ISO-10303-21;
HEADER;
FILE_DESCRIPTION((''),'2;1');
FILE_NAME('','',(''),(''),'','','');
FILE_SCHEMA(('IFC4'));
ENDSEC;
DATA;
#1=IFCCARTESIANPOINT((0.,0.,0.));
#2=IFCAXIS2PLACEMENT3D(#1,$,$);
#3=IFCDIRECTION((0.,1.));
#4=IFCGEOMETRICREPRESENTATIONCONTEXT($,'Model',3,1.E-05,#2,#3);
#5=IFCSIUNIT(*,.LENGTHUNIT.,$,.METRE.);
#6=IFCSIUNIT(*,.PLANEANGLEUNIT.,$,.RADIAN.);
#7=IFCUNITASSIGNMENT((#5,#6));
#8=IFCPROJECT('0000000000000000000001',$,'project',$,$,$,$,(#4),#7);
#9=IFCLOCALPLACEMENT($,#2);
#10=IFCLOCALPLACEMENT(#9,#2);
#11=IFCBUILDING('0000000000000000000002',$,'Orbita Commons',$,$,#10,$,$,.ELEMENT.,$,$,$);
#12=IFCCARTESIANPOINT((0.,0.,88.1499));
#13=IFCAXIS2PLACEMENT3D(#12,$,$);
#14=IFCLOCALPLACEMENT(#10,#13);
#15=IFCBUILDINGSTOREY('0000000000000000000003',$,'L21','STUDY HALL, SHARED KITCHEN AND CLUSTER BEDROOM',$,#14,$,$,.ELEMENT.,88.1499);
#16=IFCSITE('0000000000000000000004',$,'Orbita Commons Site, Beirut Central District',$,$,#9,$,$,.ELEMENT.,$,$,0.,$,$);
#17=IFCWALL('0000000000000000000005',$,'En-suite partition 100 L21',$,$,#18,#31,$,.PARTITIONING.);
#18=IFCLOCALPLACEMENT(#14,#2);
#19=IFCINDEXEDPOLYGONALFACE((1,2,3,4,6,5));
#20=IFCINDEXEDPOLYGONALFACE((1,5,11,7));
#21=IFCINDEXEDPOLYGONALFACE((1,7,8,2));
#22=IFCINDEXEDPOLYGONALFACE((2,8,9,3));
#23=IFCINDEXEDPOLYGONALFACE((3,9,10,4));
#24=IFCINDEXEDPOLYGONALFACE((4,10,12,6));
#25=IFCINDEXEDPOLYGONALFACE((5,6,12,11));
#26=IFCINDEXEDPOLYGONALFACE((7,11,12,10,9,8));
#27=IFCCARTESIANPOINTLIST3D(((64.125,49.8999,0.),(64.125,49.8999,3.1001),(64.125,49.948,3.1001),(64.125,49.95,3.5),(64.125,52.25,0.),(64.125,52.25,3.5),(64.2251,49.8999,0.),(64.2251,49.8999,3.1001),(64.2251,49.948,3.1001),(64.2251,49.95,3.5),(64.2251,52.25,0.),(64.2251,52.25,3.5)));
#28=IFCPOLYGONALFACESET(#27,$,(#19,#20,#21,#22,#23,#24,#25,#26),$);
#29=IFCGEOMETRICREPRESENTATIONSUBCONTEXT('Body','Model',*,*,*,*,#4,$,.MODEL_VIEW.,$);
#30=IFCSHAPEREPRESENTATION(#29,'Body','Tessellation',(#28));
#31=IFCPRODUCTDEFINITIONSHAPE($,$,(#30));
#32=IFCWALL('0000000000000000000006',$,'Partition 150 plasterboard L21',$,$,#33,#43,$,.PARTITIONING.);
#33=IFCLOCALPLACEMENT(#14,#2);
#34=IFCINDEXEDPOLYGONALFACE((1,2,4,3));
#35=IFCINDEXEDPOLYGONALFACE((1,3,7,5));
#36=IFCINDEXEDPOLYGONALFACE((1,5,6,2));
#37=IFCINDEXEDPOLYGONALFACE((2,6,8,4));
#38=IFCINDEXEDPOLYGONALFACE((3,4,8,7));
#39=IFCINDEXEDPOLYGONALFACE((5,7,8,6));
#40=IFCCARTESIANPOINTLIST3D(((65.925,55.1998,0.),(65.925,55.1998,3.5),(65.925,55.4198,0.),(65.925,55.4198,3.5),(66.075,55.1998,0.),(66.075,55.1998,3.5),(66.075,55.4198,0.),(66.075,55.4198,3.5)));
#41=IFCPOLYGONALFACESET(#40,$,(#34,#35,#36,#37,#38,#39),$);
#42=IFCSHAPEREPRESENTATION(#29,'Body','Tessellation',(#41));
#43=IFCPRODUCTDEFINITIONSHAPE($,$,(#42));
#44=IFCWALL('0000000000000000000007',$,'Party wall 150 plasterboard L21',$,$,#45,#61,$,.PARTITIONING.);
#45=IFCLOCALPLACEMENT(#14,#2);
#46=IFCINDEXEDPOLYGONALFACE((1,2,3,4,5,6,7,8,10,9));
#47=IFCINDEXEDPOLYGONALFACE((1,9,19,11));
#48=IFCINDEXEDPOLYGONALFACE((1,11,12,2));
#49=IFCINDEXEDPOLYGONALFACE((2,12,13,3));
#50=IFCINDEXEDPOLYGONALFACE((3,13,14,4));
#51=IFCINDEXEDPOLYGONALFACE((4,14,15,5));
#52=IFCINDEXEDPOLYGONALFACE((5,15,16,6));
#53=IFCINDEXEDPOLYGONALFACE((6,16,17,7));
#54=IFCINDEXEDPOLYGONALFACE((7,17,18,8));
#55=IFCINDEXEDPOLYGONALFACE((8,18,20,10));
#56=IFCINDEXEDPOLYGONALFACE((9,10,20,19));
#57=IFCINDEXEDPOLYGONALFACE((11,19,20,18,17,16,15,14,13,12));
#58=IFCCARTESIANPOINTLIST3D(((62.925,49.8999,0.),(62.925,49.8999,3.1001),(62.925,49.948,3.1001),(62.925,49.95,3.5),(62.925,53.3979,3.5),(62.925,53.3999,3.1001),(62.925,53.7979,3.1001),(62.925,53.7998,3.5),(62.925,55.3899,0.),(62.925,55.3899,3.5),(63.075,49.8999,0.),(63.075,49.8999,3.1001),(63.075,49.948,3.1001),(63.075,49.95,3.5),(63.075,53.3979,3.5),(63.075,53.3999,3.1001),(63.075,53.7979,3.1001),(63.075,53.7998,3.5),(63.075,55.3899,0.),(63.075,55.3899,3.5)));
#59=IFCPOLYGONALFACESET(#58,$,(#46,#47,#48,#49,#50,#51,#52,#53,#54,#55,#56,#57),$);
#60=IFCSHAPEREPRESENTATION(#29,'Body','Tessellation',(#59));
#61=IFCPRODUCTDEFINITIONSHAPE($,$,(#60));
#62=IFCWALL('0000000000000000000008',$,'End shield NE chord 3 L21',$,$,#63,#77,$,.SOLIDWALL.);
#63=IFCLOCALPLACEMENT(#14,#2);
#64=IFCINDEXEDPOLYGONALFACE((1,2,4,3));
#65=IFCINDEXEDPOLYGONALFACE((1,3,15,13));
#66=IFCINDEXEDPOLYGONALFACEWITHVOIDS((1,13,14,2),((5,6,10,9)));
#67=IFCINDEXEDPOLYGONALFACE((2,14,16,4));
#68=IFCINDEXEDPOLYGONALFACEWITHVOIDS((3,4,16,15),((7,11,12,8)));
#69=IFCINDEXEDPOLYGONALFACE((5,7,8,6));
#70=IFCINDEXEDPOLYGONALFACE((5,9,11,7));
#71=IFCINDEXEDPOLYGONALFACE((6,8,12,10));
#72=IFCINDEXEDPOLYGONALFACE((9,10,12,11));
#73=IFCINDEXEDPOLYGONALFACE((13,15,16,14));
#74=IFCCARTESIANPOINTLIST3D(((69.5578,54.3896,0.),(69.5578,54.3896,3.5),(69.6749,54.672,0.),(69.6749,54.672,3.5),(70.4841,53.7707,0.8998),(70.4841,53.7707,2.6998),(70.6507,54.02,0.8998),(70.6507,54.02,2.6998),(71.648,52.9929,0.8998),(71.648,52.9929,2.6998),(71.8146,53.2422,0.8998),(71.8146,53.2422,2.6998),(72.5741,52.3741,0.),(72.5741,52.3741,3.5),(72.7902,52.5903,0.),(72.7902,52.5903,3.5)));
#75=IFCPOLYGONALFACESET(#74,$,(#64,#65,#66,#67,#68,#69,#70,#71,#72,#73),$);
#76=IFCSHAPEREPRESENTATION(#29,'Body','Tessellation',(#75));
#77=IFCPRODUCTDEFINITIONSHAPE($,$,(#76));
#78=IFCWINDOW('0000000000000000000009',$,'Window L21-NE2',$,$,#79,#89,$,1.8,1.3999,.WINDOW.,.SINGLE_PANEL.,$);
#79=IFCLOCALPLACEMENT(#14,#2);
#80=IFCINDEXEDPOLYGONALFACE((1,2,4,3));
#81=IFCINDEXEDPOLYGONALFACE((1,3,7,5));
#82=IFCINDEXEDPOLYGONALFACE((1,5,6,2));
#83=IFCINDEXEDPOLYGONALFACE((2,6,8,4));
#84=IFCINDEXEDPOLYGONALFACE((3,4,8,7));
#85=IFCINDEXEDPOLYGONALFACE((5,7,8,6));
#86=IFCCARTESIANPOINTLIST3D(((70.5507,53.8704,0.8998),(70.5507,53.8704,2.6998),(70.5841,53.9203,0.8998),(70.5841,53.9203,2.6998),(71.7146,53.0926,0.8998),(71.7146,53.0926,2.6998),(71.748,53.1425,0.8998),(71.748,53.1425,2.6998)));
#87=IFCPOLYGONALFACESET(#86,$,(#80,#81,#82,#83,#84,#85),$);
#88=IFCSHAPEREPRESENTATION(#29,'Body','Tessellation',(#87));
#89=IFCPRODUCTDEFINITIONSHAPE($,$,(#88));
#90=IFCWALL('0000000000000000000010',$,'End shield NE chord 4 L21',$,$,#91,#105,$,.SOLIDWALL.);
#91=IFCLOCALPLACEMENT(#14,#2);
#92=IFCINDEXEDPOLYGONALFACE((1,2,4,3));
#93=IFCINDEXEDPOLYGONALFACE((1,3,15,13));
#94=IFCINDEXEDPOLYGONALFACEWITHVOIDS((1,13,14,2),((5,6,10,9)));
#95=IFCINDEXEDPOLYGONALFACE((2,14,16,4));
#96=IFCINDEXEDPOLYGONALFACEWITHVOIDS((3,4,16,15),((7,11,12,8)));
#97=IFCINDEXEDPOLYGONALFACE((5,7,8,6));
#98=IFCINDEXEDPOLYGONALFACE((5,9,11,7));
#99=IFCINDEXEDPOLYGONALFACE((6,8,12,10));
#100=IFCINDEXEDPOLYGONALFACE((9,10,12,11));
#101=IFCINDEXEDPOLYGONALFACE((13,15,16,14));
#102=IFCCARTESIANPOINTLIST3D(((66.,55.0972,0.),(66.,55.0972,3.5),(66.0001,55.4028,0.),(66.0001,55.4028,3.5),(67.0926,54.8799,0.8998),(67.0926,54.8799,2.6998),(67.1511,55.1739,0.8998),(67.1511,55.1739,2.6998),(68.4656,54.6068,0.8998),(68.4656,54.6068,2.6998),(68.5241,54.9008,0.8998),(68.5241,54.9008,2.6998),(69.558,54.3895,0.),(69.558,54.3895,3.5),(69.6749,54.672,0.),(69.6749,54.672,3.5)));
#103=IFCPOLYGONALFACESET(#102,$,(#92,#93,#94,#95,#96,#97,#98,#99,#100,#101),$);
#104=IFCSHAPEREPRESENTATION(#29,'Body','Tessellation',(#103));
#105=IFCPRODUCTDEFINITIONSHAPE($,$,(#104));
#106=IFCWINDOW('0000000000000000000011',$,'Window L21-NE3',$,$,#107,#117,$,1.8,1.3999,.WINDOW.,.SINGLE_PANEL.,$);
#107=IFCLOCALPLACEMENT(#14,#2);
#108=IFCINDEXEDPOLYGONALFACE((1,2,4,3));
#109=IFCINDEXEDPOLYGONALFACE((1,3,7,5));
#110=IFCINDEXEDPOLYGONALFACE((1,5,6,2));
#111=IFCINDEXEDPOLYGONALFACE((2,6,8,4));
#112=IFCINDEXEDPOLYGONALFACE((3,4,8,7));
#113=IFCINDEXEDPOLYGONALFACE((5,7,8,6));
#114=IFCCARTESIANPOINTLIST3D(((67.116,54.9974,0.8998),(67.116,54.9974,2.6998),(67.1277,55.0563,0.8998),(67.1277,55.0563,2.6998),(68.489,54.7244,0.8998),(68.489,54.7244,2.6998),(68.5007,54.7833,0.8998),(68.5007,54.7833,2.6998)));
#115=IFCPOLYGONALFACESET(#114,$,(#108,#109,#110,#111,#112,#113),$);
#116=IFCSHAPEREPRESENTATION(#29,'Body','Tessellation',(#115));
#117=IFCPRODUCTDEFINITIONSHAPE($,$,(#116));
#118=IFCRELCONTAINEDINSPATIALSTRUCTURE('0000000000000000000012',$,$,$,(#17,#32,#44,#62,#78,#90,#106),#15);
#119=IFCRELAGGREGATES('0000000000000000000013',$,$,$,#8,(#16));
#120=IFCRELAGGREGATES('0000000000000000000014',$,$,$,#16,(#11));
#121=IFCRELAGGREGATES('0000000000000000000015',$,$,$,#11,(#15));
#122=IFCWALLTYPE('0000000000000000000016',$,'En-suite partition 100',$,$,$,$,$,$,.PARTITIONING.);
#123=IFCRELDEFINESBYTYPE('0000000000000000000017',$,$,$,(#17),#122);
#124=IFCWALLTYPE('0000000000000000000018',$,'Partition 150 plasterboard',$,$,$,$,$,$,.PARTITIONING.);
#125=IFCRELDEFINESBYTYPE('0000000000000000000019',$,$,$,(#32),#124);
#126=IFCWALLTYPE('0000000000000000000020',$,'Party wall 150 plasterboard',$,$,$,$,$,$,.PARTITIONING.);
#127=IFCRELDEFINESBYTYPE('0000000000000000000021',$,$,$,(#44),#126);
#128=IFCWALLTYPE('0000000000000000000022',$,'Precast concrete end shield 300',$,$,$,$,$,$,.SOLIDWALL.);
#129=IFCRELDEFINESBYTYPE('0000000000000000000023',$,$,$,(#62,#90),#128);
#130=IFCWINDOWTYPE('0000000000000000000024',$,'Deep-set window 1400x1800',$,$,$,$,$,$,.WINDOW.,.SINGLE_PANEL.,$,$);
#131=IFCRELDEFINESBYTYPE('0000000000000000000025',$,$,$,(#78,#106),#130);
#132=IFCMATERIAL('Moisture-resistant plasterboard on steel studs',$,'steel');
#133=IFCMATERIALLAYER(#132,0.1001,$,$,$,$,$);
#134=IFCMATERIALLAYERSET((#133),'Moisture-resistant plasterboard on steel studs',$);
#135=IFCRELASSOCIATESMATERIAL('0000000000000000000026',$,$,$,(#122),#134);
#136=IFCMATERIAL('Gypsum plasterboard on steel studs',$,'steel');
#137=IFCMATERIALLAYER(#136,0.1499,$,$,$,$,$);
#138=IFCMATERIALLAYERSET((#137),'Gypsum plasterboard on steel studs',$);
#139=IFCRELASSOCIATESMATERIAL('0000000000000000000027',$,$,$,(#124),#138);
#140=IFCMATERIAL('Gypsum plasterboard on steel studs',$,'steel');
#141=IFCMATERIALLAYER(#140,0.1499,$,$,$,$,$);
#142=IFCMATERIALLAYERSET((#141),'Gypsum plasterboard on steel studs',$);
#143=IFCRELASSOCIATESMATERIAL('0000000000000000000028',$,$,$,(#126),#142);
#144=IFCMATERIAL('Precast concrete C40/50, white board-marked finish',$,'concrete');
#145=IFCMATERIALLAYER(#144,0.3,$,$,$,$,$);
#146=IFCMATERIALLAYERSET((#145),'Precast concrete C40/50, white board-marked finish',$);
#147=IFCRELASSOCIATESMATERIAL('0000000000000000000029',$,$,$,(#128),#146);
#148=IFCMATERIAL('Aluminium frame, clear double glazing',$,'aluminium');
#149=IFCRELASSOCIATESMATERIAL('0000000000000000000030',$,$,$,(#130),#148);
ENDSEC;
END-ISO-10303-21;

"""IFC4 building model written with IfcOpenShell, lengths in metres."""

from ifc_helpers import new_model, si_unit, direction, frame, frame_2d, origin, place, context, subcontext, project, spatial, polyline, rectangle, outline, extrude, material, layer, layer_set, type_object, element, fill, save


model = new_model("IFC4")

# Units and contexts
model_context = context("Model", 3, precision=1e-05, world=origin(), true_north=direction((0.0, 1.0)))
body_context = subcontext(model_context, "Body", "Model", "MODEL_VIEW")
ifc_project = project(units=[si_unit("LENGTHUNIT", "METRE"), si_unit("PLANEANGLEUNIT", "RADIAN")], contexts=[model_context])

# Site, building, storey
site_placement = place(None, origin())
site = spatial("IfcSite", under=ifc_project, at=site_placement, Name="Orbita Commons Site, Beirut Central District", CompositionType="ELEMENT", RefElevation=0.0)
building_placement = place(site_placement, origin())
building = spatial("IfcBuilding", under=site, at=building_placement, Name="Orbita Commons", CompositionType="ELEMENT")
storey_placement = place(building_placement, frame((0.0, 0.0, 88.1499)))
storey = spatial("IfcBuildingStorey", under=building, at=storey_placement, Name="L21", Description="STUDY HALL, SHARED KITCHEN AND CLUSTER BEDROOM", CompositionType="ELEMENT", Elevation=88.1499)

# Shared definitions
ifc_material_1 = material(Name="Moisture-resistant plasterboard on steel studs", Category="steel")
ifc_layer_1 = layer(ifc_material_1, 0.1001)
ifc_layer_set_1 = layer_set([ifc_layer_1], Name="Moisture-resistant plasterboard on steel studs")
wall_type_1 = type_object("IfcWallType", Name="En-suite partition 100", PredefinedType="PARTITIONING", material=ifc_layer_set_1)

# Walls
wall_1_placement = place(storey_placement, frame((64.175, 52.25, 0.0), z_axis=(0.0, 0.0, 1.0), x_axis=(0.0, -1.0, 0.0)))
element("IfcWall", 1, at=wall_1_placement, inside=storey, type_object=wall_type_1, Name="En-suite partition 100 L21", PredefinedType="PARTITIONING", context=body_context, shape_type="SweptSolid", body=[
    extrude(outline(polyline([(0.0, 0.0), (2.3501, 0.0), (2.3501, 3.1001), (2.302, 3.1001), (2.3, 3.5), (0.0, 3.5), (0.0, 0.0)])), frame((0.0, 0.05, 0.0), z_axis=(0.0, -1.0, 0.0), x_axis=(1.0, 0.0, 0.0)), (0.0, 0.0, 1.0), 0.1001),
])
ifc_material_2 = material(Name="Gypsum plasterboard on steel studs", Category="steel")
ifc_layer_2 = layer(ifc_material_2, 0.1499)
ifc_layer_set_2 = layer_set([ifc_layer_2], Name="Gypsum plasterboard on steel studs")
wall_type_2 = type_object("IfcWallType", Name="Partition 150 plasterboard", PredefinedType="PARTITIONING", material=ifc_layer_set_2)
wall_2_placement = place(storey_placement, frame((66.0, 55.2, 0.0), z_axis=(0.0, 0.0, 1.0), x_axis=(0.0, 1.0, 0.0)))
element("IfcWall", 2, at=wall_2_placement, inside=storey, type_object=wall_type_2, Name="Partition 150 plasterboard L21", PredefinedType="PARTITIONING", context=body_context, shape_type="SweptSolid", body=[
    extrude(rectangle(XDim=0.22, YDim=0.1499, at=frame_2d((0.1099, 0.0))), origin(), (0.0, 0.0, 1.0), 3.5),
])
ifc_material_3 = material(Name="Gypsum plasterboard on steel studs", Category="steel")
ifc_layer_3 = layer(ifc_material_3, 0.1499)
ifc_layer_set_3 = layer_set([ifc_layer_3], Name="Gypsum plasterboard on steel studs")
wall_type_3 = type_object("IfcWallType", Name="Party wall 150 plasterboard", PredefinedType="PARTITIONING", material=ifc_layer_set_3)
wall_3_placement = place(storey_placement, frame((63.0, 55.3899, 0.0), z_axis=(0.0, 0.0, 1.0), x_axis=(0.0, -1.0, 0.0)))
element("IfcWall", 3, at=wall_3_placement, inside=storey, type_object=wall_type_3, Name="Party wall 150 plasterboard L21", PredefinedType="PARTITIONING", context=body_context, shape_type="SweptSolid", body=[
    extrude(outline(polyline([(0.0, 0.0), (5.49, 0.0), (5.49, 3.1001), (5.4419, 3.1001), (5.4399, 3.5), (1.9919, 3.5), (1.99, 3.1001), (1.592, 3.1001), (1.5901, 3.5), (0.0, 3.5), (0.0, 0.0)])), frame((0.0, 0.075, 0.0), z_axis=(0.0, -1.0, 0.0), x_axis=(1.0, 0.0, 0.0)), (0.0, 0.0, 1.0), 0.1499),
])

# Walls, openings, windows
ifc_material_4 = material(Name="Precast concrete C40/50, white board-marked finish", Category="concrete")
ifc_layer_4 = layer(ifc_material_4, 0.3)
ifc_layer_set_4 = layer_set([ifc_layer_4], Name="Precast concrete C40/50, white board-marked finish")
wall_type_4 = type_object("IfcWallType", Name="Precast concrete end shield 300", PredefinedType="SOLIDWALL", material=ifc_layer_set_4)
wall_4_placement = place(storey_placement, frame((72.6821, 52.4822, 0.0), z_axis=(0.0, 0.0, 1.0), x_axis=(-0.831449, 0.555601, 0.0)))
wall_4 = element("IfcWall", 4, at=wall_4_placement, inside=storey, type_object=wall_type_4, Name="End shield NE chord 3 L21", PredefinedType="SOLIDWALL", context=body_context, shape_type="SweptSolid", body=[
    extrude(outline(polyline([(-0.0298, -0.1499), (3.717, -0.1499), (3.6575, 0.1499), (0.0298, 0.1499), (-0.0298, -0.1499)])), origin(), (0.0, 0.0, 1.0), 3.5),
])
opening_1_placement = place(wall_4_placement, frame((1.1436, 0.0, 0.8999)))
opening_1 = element("IfcOpeningElement", 5, at=opening_1_placement, cuts=wall_4, PredefinedType="OPENING", context=body_context, shape_type="SweptSolid", body=[
    extrude(rectangle(XDim=1.3999, YDim=1.8, at=frame_2d((0.7, 0.8999))), frame((0.0, 0.1599, 0.0), z_axis=(0.0, -1.0, 0.0), x_axis=(1.0, 0.0, 0.0)), (0.0, 0.0, 1.0), 0.3201),
])
ifc_material_5 = material(Name="Aluminium frame, clear double glazing", Category="aluminium")
window_type = type_object("IfcWindowType", Name="Deep-set window 1400x1800", PartitioningType="SINGLE_PANEL", PredefinedType="WINDOW", material=ifc_material_5)
window_1_placement = place(opening_1_placement, origin())
window_1 = element("IfcWindow", 6, at=window_1_placement, inside=storey, type_object=window_type, Name="Window L21-NE2", OverallHeight=1.8, OverallWidth=1.3999, PartitioningType="SINGLE_PANEL", PredefinedType="WINDOW", context=body_context, shape_type="SweptSolid", body=[
    extrude(rectangle(XDim=1.3999, YDim=1.8, at=frame_2d((0.7, 0.8999))), frame((0.0, 0.03, 0.0), z_axis=(0.0, -1.0, 0.0), x_axis=(1.0, 0.0, 0.0)), (0.0, 0.0, 1.0), 0.0601),
])
fill(opening_1, window_1)
wall_5_placement = place(storey_placement, frame((69.6165, 54.5308, 0.0), z_axis=(0.0, 0.0, 1.0), x_axis=(-0.980791, 0.195059, 0.0)))
wall_5 = element("IfcWall", 7, at=wall_5_placement, inside=storey, type_object=wall_type_4, Name="End shield NE chord 4 L21", PredefinedType="SOLIDWALL", context=body_context, shape_type="SweptSolid", body=[
    extrude(outline(polyline([(-0.0298, -0.1499), (3.717, -0.1499), (3.6575, 0.1499), (0.0298, 0.1499), (-0.0298, -0.1499)])), origin(), (0.0, 0.0, 1.0), 3.5),
])
opening_2_placement = place(wall_5_placement, frame((1.1436, 0.0, 0.8999)))
opening_2 = element("IfcOpeningElement", 8, at=opening_2_placement, cuts=wall_5, PredefinedType="OPENING", context=body_context, shape_type="SweptSolid", body=[
    extrude(rectangle(XDim=1.3999, YDim=1.8, at=frame_2d((0.7, 0.8999))), frame((0.0, 0.1599, 0.0), z_axis=(0.0, -1.0, 0.0), x_axis=(1.0, 0.0, 0.0)), (0.0, 0.0, 1.0), 0.3201),
])
window_2_placement = place(opening_2_placement, origin())
window_2 = element("IfcWindow", 9, at=window_2_placement, inside=storey, type_object=window_type, Name="Window L21-NE3", OverallHeight=1.8, OverallWidth=1.3999, PartitioningType="SINGLE_PANEL", PredefinedType="WINDOW", context=body_context, shape_type="SweptSolid", body=[
    extrude(rectangle(XDim=1.3999, YDim=1.8, at=frame_2d((0.7, 0.8999))), frame((0.0, 0.03, 0.0), z_axis=(0.0, -1.0, 0.0), x_axis=(1.0, 0.0, 0.0)), (0.0, 0.0, 1.0), 0.0601),
])
fill(opening_2, window_2)

save(model, "model.ifc")
